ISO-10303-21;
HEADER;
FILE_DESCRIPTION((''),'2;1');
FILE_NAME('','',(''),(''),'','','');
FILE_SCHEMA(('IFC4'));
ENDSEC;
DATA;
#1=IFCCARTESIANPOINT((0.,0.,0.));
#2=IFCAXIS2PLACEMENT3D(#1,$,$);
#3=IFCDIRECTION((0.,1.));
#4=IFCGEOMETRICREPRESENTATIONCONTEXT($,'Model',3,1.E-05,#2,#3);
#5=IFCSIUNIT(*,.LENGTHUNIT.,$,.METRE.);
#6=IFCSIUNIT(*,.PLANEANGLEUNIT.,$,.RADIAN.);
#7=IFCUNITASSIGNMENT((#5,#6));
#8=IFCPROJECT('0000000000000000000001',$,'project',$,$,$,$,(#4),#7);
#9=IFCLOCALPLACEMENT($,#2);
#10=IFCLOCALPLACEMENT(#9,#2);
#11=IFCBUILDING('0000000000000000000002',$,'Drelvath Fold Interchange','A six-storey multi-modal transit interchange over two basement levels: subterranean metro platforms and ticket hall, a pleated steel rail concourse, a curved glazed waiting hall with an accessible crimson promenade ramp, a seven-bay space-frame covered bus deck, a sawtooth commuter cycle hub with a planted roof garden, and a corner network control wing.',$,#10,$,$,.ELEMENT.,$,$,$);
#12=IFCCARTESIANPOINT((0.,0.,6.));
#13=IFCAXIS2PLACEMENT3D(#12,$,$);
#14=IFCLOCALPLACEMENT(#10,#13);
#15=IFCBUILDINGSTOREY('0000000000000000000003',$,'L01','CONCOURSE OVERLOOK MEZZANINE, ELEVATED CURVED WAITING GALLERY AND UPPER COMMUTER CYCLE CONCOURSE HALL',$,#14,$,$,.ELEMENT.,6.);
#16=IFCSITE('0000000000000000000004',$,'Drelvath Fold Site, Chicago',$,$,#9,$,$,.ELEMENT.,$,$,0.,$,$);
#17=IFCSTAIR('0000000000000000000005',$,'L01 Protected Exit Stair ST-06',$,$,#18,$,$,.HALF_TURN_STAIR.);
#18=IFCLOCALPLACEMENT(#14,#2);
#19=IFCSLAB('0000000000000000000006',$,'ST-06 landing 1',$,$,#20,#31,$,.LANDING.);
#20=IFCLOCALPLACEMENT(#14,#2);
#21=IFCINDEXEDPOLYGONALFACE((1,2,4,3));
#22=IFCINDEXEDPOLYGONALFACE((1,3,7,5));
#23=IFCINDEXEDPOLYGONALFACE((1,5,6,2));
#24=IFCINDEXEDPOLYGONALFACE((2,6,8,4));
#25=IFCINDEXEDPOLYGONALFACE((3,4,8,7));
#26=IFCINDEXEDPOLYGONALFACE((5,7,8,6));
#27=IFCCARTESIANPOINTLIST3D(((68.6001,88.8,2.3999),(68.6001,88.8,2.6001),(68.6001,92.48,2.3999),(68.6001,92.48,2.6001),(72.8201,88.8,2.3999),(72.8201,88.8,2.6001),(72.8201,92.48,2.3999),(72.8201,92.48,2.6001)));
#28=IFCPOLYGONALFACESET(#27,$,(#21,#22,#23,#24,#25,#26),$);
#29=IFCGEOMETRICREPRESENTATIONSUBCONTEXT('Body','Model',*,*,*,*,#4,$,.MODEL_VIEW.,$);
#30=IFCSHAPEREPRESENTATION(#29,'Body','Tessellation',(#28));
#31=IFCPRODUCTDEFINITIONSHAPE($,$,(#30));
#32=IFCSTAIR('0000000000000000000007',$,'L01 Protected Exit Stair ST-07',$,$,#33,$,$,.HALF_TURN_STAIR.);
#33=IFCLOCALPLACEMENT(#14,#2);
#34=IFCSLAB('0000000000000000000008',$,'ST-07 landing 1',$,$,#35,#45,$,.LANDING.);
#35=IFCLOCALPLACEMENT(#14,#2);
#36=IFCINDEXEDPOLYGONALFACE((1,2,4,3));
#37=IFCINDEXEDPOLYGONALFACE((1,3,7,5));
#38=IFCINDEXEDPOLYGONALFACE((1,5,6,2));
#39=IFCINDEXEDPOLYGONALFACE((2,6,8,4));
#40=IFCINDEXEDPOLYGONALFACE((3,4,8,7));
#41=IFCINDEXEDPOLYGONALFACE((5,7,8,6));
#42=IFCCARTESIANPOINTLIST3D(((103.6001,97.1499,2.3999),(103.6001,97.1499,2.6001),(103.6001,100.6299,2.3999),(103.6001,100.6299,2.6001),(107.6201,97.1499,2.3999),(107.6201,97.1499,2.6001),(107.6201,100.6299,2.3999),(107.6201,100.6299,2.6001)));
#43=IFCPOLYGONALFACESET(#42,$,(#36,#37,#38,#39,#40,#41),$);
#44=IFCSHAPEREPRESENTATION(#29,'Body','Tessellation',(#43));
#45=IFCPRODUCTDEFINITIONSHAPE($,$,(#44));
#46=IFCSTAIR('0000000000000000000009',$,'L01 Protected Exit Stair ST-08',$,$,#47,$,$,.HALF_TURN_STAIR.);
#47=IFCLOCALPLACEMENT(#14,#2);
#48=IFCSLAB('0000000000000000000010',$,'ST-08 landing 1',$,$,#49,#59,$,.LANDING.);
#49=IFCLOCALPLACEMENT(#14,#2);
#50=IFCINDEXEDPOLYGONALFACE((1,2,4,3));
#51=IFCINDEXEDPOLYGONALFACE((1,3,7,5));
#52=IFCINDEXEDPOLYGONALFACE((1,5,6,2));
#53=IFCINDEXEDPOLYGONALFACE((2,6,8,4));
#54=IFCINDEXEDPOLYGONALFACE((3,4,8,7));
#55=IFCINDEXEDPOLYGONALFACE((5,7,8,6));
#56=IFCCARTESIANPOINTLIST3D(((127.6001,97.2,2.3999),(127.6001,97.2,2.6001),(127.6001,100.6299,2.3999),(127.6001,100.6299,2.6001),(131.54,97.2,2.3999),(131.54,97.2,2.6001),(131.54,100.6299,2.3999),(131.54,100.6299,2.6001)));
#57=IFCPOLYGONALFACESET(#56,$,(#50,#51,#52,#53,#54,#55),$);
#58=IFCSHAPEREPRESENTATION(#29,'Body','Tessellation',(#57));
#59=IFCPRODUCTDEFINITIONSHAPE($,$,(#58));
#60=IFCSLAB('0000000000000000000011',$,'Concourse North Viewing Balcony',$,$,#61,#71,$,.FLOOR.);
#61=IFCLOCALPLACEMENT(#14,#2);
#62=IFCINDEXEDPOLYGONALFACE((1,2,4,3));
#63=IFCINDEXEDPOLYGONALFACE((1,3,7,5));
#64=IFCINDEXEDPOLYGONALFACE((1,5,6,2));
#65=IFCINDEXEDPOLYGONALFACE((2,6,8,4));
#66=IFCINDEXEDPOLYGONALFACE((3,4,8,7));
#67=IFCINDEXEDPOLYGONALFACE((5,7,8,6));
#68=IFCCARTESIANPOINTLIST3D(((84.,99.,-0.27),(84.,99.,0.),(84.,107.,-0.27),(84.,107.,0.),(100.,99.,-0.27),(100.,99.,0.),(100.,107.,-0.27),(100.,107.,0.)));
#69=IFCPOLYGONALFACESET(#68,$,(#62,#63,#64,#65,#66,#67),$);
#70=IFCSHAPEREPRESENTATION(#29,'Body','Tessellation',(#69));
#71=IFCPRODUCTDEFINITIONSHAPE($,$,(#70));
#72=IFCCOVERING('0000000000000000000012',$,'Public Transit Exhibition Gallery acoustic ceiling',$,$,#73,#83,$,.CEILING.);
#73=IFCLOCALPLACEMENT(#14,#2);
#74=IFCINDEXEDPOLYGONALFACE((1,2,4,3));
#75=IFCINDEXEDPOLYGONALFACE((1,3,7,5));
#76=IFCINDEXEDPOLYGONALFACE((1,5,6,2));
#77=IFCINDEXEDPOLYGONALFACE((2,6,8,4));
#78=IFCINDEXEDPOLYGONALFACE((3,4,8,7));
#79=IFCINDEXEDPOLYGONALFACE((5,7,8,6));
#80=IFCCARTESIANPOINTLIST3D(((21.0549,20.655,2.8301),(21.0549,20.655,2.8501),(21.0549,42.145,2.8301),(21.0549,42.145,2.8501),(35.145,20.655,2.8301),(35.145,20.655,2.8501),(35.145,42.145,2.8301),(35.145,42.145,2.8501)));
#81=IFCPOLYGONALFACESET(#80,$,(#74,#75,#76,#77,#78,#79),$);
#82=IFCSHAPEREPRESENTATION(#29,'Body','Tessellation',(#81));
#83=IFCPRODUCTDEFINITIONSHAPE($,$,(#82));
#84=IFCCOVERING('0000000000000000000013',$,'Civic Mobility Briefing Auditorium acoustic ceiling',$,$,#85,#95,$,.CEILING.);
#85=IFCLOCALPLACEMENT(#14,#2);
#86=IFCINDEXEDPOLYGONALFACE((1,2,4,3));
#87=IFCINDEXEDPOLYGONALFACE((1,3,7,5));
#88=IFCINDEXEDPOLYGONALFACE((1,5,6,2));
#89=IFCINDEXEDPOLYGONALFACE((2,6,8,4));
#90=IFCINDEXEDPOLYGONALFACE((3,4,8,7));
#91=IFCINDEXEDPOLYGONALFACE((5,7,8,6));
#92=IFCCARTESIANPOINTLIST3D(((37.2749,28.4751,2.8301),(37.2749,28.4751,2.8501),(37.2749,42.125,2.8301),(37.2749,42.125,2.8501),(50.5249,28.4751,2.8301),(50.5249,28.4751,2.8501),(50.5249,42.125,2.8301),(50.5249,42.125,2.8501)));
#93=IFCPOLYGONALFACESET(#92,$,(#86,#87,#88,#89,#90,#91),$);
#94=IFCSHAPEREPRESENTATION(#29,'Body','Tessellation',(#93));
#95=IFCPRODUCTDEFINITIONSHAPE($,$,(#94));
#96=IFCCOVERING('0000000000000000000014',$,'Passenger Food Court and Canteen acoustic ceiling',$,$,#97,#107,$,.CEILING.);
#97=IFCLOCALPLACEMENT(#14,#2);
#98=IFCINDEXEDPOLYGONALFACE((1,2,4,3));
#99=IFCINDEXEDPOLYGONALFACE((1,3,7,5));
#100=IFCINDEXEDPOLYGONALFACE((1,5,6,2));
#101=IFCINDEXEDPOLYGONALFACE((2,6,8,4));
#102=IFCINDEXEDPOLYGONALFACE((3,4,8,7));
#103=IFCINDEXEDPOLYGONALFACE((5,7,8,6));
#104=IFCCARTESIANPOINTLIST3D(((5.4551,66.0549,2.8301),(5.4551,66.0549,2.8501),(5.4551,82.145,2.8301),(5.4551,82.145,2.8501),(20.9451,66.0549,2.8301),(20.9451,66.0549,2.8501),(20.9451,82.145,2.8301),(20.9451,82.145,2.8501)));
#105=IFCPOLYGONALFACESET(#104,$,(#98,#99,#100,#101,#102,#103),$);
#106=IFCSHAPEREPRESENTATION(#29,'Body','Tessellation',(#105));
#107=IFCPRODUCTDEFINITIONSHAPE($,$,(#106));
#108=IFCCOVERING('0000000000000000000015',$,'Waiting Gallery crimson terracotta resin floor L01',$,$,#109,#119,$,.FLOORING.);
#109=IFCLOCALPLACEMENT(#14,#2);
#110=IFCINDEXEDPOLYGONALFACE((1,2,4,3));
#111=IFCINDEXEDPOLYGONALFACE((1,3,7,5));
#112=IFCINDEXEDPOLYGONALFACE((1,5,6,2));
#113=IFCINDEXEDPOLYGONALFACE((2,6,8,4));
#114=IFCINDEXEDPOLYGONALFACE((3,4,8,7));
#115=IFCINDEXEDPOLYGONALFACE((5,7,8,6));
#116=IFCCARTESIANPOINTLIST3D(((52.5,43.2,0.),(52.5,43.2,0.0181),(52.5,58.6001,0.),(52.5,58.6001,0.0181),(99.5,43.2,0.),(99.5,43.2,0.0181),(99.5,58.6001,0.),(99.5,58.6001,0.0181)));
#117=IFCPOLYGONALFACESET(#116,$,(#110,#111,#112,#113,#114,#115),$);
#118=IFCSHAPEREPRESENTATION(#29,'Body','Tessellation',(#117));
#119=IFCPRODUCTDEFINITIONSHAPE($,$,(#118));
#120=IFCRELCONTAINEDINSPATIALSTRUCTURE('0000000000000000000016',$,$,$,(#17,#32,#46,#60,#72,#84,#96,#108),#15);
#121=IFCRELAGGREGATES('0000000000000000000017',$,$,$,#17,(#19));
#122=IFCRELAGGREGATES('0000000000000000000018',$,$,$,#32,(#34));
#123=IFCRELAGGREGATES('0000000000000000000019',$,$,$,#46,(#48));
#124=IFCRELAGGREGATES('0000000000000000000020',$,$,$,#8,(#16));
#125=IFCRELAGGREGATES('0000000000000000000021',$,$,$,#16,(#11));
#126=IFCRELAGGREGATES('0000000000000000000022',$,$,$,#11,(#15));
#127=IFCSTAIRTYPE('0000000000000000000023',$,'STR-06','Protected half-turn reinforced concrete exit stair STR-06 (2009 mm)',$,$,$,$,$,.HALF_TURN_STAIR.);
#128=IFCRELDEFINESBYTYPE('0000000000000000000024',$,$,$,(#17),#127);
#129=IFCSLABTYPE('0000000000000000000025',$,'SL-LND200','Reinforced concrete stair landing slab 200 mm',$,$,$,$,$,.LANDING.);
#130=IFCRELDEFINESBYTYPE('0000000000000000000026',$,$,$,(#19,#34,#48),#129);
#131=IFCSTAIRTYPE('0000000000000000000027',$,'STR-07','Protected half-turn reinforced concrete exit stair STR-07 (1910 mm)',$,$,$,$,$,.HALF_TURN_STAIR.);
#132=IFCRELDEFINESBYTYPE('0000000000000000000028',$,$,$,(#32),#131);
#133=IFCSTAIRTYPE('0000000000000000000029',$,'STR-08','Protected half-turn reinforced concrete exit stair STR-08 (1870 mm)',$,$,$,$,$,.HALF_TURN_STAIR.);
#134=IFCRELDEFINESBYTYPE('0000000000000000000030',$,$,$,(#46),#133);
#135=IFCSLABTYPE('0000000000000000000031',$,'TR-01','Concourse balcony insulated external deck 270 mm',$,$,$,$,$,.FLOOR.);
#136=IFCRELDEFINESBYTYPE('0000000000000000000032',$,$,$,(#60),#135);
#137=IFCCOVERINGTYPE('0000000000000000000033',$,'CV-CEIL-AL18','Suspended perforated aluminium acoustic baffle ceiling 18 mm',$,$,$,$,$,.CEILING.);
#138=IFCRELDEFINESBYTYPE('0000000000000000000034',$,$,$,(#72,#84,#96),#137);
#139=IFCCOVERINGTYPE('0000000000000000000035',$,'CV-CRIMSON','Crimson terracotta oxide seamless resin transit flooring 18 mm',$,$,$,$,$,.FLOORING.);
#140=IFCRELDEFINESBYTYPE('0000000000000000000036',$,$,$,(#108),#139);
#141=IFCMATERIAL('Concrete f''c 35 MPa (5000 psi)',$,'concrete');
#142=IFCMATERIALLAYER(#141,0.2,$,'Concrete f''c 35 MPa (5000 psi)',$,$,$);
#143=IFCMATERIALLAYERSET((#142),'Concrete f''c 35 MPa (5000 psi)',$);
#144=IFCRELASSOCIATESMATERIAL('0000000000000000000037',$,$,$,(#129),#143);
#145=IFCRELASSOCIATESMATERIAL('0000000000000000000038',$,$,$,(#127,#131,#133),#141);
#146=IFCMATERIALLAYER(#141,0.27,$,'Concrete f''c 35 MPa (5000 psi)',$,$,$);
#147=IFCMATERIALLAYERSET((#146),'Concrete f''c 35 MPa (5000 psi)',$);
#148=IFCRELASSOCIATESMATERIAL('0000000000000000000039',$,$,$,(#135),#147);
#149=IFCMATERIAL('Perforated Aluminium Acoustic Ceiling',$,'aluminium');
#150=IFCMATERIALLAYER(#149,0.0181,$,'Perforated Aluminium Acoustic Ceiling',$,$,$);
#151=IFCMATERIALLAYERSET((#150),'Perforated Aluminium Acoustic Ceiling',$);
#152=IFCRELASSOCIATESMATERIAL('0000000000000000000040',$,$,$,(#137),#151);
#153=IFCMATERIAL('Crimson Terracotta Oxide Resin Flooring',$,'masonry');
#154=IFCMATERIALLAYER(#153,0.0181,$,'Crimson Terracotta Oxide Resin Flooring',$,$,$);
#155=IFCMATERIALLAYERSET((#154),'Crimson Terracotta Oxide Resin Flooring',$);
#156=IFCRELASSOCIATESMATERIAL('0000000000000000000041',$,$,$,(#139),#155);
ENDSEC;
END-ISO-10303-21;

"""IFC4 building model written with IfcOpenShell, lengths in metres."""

from ifc_helpers import new_model, si_unit, direction, frame, origin, place, context, subcontext, project, spatial, polyline, outline, extrude, material, layer, layer_set, type_object, element, aggregate, save


model = new_model("IFC4")

# Units and contexts
model_context = context("Model", 3, precision=1e-05, world=origin(), true_north=direction((0.0, 1.0)))
body_context = subcontext(model_context, "Body", "Model", "MODEL_VIEW")
ifc_project = project(units=[si_unit("LENGTHUNIT", "METRE"), si_unit("PLANEANGLEUNIT", "RADIAN")], contexts=[model_context])

# Site, building, storey
site_placement = place(None, origin())
site = spatial("IfcSite", under=ifc_project, at=site_placement, Name="Drelvath Fold Site, Chicago", CompositionType="ELEMENT", RefElevation=0.0)
building_placement = place(site_placement, origin())
building = spatial("IfcBuilding", under=site, at=building_placement, Name="Drelvath Fold Interchange", Description="A six-storey multi-modal transit interchange over two basement levels: subterranean metro platforms and ticket hall, a pleated steel rail concourse, a curved glazed waiting hall with an accessible crimson promenade ramp, a seven-bay space-frame covered bus deck, a sawtooth commuter cycle hub with a planted roof garden, and a corner network control wing.", CompositionType="ELEMENT")
storey_placement = place(building_placement, frame((0.0, 0.0, 6.0)))
storey = spatial("IfcBuildingStorey", under=building, at=storey_placement, Name="L01", Description="CONCOURSE OVERLOOK MEZZANINE, ELEVATED CURVED WAITING GALLERY AND UPPER COMMUTER CYCLE CONCOURSE HALL", CompositionType="ELEMENT", Elevation=6.0)

# Shared definitions
ifc_material_1 = material(Name="Concrete f'c 35 MPa (5000 psi)", Category="concrete")

# Stairs, slabs
ifc_layer_1 = layer(ifc_material_1, 0.2, Name="Concrete f'c 35 MPa (5000 psi)")
ifc_layer_set_1 = layer_set([ifc_layer_1], Name="Concrete f'c 35 MPa (5000 psi)")
slab_type_1 = type_object("IfcSlabType", Name="SL-LND200", Description="Reinforced concrete stair landing slab 200 mm", PredefinedType="LANDING", material=ifc_layer_set_1)
stair_type_1 = type_object("IfcStairType", Name="STR-06", Description="Protected half-turn reinforced concrete exit stair STR-06 (2009 mm)", PredefinedType="HALF_TURN_STAIR", material=ifc_material_1)
stair_1_placement = place(storey_placement, origin())
stair_1 = element("IfcStair", 1, at=stair_1_placement, inside=storey, type_object=stair_type_1, Name="L01 Protected Exit Stair ST-06", PredefinedType="HALF_TURN_STAIR")
slab_1_placement = place(storey_placement, frame((0.0, 0.0, 2.3999)))
slab_1 = element("IfcSlab", 2, at=slab_1_placement, type_object=slab_type_1, Name="ST-06 landing 1", PredefinedType="LANDING", context=body_context, shape_type="SweptSolid", body=[
    extrude(outline(polyline([(68.6001, 92.48), (68.6001, 88.8), (72.8201, 88.8), (72.8201, 92.48), (68.6001, 92.48)])), origin(), (0.0, 0.0, 1.0), 0.2002),
])
aggregate(stair_1, [slab_1])
stair_type_2 = type_object("IfcStairType", Name="STR-07", Description="Protected half-turn reinforced concrete exit stair STR-07 (1910 mm)", PredefinedType="HALF_TURN_STAIR", material=ifc_material_1)
stair_2_placement = place(storey_placement, origin())
stair_2 = element("IfcStair", 3, at=stair_2_placement, inside=storey, type_object=stair_type_2, Name="L01 Protected Exit Stair ST-07", PredefinedType="HALF_TURN_STAIR")
slab_2_placement = place(storey_placement, frame((0.0, 0.0, 2.3999)))
slab_2 = element("IfcSlab", 4, at=slab_2_placement, type_object=slab_type_1, Name="ST-07 landing 1", PredefinedType="LANDING", context=body_context, shape_type="SweptSolid", body=[
    extrude(outline(polyline([(103.6001, 100.6299), (103.6001, 97.1499), (107.6201, 97.1499), (107.6201, 100.6299), (103.6001, 100.6299)])), origin(), (0.0, 0.0, 1.0), 0.2002),
])
aggregate(stair_2, [slab_2])
stair_type_3 = type_object("IfcStairType", Name="STR-08", Description="Protected half-turn reinforced concrete exit stair STR-08 (1870 mm)", PredefinedType="HALF_TURN_STAIR", material=ifc_material_1)
stair_3_placement = place(storey_placement, origin())
stair_3 = element("IfcStair", 5, at=stair_3_placement, inside=storey, type_object=stair_type_3, Name="L01 Protected Exit Stair ST-08", PredefinedType="HALF_TURN_STAIR")
slab_3_placement = place(storey_placement, frame((0.0, 0.0, 2.3999)))
slab_3 = element("IfcSlab", 6, at=slab_3_placement, type_object=slab_type_1, Name="ST-08 landing 1", PredefinedType="LANDING", context=body_context, shape_type="SweptSolid", body=[
    extrude(outline(polyline([(127.6001, 100.6299), (127.6001, 97.2), (131.54, 97.2), (131.54, 100.6299), (127.6001, 100.6299)])), origin(), (0.0, 0.0, 1.0), 0.2002),
])
aggregate(stair_3, [slab_3])

# Slab
ifc_layer_2 = layer(ifc_material_1, 0.27, Name="Concrete f'c 35 MPa (5000 psi)")
ifc_layer_set_2 = layer_set([ifc_layer_2], Name="Concrete f'c 35 MPa (5000 psi)")
slab_type_2 = type_object("IfcSlabType", Name="TR-01", Description="Concourse balcony insulated external deck 270 mm", PredefinedType="FLOOR", material=ifc_layer_set_2)
slab_4_placement = place(storey_placement, frame((0.0, 0.0, -0.27)))
element("IfcSlab", 7, at=slab_4_placement, inside=storey, type_object=slab_type_2, Name="Concourse North Viewing Balcony", PredefinedType="FLOOR", context=body_context, shape_type="SweptSolid", body=[
    extrude(outline(polyline([(84.0, 99.0), (100.0, 99.0), (100.0, 107.0), (84.0, 107.0), (84.0, 99.0)])), origin(), (0.0, 0.0, 1.0), 0.27),
])

# Coverings
ifc_material_2 = material(Name="Perforated Aluminium Acoustic Ceiling", Category="aluminium")
ifc_layer_3 = layer(ifc_material_2, 0.0181, Name="Perforated Aluminium Acoustic Ceiling")
ifc_layer_set_3 = layer_set([ifc_layer_3], Name="Perforated Aluminium Acoustic Ceiling")
covering_type_1 = type_object("IfcCoveringType", Name="CV-CEIL-AL18", Description="Suspended perforated aluminium acoustic baffle ceiling 18 mm", PredefinedType="CEILING", material=ifc_layer_set_3)
covering_1_placement = place(storey_placement, frame((0.0, 0.0, 2.8301)))
element("IfcCovering", 8, at=covering_1_placement, inside=storey, type_object=covering_type_1, Name="Public Transit Exhibition Gallery acoustic ceiling", PredefinedType="CEILING", context=body_context, shape_type="SweptSolid", body=[
    extrude(outline(polyline([(21.0549, 20.655), (35.145, 20.655), (35.145, 42.145), (21.0549, 42.145), (21.0549, 20.655)])), origin(), (0.0, 0.0, 1.0), 0.02),
])
covering_2_placement = place(storey_placement, frame((0.0, 0.0, 2.8301)))
element("IfcCovering", 9, at=covering_2_placement, inside=storey, type_object=covering_type_1, Name="Civic Mobility Briefing Auditorium acoustic ceiling", PredefinedType="CEILING", context=body_context, shape_type="SweptSolid", body=[
    extrude(outline(polyline([(37.2749, 28.4751), (50.5249, 28.4751), (50.5249, 42.125), (37.2749, 42.125), (37.2749, 28.4751)])), origin(), (0.0, 0.0, 1.0), 0.02),
])
covering_3_placement = place(storey_placement, frame((0.0, 0.0, 2.8301)))
element("IfcCovering", 10, at=covering_3_placement, inside=storey, type_object=covering_type_1, Name="Passenger Food Court and Canteen acoustic ceiling", PredefinedType="CEILING", context=body_context, shape_type="SweptSolid", body=[
    extrude(outline(polyline([(5.4551, 66.0549), (20.9451, 66.0549), (20.9451, 82.145), (5.4551, 82.145), (5.4551, 66.0549)])), origin(), (0.0, 0.0, 1.0), 0.02),
])
ifc_material_3 = material(Name="Crimson Terracotta Oxide Resin Flooring", Category="masonry")
ifc_layer_4 = layer(ifc_material_3, 0.0181, Name="Crimson Terracotta Oxide Resin Flooring")
ifc_layer_set_4 = layer_set([ifc_layer_4], Name="Crimson Terracotta Oxide Resin Flooring")
covering_type_2 = type_object("IfcCoveringType", Name="CV-CRIMSON", Description="Crimson terracotta oxide seamless resin transit flooring 18 mm", PredefinedType="FLOORING", material=ifc_layer_set_4)
covering_4_placement = place(storey_placement, origin())
element("IfcCovering", 11, at=covering_4_placement, inside=storey, type_object=covering_type_2, Name="Waiting Gallery crimson terracotta resin floor L01", PredefinedType="FLOORING", context=body_context, shape_type="SweptSolid", body=[
    extrude(outline(polyline([(52.5, 43.2), (99.5, 43.2), (99.5, 58.6001), (52.5, 58.6001), (52.5, 43.2)])), origin(), (0.0, 0.0, 1.0), 0.0181),
])

save(model, "model.ifc")
